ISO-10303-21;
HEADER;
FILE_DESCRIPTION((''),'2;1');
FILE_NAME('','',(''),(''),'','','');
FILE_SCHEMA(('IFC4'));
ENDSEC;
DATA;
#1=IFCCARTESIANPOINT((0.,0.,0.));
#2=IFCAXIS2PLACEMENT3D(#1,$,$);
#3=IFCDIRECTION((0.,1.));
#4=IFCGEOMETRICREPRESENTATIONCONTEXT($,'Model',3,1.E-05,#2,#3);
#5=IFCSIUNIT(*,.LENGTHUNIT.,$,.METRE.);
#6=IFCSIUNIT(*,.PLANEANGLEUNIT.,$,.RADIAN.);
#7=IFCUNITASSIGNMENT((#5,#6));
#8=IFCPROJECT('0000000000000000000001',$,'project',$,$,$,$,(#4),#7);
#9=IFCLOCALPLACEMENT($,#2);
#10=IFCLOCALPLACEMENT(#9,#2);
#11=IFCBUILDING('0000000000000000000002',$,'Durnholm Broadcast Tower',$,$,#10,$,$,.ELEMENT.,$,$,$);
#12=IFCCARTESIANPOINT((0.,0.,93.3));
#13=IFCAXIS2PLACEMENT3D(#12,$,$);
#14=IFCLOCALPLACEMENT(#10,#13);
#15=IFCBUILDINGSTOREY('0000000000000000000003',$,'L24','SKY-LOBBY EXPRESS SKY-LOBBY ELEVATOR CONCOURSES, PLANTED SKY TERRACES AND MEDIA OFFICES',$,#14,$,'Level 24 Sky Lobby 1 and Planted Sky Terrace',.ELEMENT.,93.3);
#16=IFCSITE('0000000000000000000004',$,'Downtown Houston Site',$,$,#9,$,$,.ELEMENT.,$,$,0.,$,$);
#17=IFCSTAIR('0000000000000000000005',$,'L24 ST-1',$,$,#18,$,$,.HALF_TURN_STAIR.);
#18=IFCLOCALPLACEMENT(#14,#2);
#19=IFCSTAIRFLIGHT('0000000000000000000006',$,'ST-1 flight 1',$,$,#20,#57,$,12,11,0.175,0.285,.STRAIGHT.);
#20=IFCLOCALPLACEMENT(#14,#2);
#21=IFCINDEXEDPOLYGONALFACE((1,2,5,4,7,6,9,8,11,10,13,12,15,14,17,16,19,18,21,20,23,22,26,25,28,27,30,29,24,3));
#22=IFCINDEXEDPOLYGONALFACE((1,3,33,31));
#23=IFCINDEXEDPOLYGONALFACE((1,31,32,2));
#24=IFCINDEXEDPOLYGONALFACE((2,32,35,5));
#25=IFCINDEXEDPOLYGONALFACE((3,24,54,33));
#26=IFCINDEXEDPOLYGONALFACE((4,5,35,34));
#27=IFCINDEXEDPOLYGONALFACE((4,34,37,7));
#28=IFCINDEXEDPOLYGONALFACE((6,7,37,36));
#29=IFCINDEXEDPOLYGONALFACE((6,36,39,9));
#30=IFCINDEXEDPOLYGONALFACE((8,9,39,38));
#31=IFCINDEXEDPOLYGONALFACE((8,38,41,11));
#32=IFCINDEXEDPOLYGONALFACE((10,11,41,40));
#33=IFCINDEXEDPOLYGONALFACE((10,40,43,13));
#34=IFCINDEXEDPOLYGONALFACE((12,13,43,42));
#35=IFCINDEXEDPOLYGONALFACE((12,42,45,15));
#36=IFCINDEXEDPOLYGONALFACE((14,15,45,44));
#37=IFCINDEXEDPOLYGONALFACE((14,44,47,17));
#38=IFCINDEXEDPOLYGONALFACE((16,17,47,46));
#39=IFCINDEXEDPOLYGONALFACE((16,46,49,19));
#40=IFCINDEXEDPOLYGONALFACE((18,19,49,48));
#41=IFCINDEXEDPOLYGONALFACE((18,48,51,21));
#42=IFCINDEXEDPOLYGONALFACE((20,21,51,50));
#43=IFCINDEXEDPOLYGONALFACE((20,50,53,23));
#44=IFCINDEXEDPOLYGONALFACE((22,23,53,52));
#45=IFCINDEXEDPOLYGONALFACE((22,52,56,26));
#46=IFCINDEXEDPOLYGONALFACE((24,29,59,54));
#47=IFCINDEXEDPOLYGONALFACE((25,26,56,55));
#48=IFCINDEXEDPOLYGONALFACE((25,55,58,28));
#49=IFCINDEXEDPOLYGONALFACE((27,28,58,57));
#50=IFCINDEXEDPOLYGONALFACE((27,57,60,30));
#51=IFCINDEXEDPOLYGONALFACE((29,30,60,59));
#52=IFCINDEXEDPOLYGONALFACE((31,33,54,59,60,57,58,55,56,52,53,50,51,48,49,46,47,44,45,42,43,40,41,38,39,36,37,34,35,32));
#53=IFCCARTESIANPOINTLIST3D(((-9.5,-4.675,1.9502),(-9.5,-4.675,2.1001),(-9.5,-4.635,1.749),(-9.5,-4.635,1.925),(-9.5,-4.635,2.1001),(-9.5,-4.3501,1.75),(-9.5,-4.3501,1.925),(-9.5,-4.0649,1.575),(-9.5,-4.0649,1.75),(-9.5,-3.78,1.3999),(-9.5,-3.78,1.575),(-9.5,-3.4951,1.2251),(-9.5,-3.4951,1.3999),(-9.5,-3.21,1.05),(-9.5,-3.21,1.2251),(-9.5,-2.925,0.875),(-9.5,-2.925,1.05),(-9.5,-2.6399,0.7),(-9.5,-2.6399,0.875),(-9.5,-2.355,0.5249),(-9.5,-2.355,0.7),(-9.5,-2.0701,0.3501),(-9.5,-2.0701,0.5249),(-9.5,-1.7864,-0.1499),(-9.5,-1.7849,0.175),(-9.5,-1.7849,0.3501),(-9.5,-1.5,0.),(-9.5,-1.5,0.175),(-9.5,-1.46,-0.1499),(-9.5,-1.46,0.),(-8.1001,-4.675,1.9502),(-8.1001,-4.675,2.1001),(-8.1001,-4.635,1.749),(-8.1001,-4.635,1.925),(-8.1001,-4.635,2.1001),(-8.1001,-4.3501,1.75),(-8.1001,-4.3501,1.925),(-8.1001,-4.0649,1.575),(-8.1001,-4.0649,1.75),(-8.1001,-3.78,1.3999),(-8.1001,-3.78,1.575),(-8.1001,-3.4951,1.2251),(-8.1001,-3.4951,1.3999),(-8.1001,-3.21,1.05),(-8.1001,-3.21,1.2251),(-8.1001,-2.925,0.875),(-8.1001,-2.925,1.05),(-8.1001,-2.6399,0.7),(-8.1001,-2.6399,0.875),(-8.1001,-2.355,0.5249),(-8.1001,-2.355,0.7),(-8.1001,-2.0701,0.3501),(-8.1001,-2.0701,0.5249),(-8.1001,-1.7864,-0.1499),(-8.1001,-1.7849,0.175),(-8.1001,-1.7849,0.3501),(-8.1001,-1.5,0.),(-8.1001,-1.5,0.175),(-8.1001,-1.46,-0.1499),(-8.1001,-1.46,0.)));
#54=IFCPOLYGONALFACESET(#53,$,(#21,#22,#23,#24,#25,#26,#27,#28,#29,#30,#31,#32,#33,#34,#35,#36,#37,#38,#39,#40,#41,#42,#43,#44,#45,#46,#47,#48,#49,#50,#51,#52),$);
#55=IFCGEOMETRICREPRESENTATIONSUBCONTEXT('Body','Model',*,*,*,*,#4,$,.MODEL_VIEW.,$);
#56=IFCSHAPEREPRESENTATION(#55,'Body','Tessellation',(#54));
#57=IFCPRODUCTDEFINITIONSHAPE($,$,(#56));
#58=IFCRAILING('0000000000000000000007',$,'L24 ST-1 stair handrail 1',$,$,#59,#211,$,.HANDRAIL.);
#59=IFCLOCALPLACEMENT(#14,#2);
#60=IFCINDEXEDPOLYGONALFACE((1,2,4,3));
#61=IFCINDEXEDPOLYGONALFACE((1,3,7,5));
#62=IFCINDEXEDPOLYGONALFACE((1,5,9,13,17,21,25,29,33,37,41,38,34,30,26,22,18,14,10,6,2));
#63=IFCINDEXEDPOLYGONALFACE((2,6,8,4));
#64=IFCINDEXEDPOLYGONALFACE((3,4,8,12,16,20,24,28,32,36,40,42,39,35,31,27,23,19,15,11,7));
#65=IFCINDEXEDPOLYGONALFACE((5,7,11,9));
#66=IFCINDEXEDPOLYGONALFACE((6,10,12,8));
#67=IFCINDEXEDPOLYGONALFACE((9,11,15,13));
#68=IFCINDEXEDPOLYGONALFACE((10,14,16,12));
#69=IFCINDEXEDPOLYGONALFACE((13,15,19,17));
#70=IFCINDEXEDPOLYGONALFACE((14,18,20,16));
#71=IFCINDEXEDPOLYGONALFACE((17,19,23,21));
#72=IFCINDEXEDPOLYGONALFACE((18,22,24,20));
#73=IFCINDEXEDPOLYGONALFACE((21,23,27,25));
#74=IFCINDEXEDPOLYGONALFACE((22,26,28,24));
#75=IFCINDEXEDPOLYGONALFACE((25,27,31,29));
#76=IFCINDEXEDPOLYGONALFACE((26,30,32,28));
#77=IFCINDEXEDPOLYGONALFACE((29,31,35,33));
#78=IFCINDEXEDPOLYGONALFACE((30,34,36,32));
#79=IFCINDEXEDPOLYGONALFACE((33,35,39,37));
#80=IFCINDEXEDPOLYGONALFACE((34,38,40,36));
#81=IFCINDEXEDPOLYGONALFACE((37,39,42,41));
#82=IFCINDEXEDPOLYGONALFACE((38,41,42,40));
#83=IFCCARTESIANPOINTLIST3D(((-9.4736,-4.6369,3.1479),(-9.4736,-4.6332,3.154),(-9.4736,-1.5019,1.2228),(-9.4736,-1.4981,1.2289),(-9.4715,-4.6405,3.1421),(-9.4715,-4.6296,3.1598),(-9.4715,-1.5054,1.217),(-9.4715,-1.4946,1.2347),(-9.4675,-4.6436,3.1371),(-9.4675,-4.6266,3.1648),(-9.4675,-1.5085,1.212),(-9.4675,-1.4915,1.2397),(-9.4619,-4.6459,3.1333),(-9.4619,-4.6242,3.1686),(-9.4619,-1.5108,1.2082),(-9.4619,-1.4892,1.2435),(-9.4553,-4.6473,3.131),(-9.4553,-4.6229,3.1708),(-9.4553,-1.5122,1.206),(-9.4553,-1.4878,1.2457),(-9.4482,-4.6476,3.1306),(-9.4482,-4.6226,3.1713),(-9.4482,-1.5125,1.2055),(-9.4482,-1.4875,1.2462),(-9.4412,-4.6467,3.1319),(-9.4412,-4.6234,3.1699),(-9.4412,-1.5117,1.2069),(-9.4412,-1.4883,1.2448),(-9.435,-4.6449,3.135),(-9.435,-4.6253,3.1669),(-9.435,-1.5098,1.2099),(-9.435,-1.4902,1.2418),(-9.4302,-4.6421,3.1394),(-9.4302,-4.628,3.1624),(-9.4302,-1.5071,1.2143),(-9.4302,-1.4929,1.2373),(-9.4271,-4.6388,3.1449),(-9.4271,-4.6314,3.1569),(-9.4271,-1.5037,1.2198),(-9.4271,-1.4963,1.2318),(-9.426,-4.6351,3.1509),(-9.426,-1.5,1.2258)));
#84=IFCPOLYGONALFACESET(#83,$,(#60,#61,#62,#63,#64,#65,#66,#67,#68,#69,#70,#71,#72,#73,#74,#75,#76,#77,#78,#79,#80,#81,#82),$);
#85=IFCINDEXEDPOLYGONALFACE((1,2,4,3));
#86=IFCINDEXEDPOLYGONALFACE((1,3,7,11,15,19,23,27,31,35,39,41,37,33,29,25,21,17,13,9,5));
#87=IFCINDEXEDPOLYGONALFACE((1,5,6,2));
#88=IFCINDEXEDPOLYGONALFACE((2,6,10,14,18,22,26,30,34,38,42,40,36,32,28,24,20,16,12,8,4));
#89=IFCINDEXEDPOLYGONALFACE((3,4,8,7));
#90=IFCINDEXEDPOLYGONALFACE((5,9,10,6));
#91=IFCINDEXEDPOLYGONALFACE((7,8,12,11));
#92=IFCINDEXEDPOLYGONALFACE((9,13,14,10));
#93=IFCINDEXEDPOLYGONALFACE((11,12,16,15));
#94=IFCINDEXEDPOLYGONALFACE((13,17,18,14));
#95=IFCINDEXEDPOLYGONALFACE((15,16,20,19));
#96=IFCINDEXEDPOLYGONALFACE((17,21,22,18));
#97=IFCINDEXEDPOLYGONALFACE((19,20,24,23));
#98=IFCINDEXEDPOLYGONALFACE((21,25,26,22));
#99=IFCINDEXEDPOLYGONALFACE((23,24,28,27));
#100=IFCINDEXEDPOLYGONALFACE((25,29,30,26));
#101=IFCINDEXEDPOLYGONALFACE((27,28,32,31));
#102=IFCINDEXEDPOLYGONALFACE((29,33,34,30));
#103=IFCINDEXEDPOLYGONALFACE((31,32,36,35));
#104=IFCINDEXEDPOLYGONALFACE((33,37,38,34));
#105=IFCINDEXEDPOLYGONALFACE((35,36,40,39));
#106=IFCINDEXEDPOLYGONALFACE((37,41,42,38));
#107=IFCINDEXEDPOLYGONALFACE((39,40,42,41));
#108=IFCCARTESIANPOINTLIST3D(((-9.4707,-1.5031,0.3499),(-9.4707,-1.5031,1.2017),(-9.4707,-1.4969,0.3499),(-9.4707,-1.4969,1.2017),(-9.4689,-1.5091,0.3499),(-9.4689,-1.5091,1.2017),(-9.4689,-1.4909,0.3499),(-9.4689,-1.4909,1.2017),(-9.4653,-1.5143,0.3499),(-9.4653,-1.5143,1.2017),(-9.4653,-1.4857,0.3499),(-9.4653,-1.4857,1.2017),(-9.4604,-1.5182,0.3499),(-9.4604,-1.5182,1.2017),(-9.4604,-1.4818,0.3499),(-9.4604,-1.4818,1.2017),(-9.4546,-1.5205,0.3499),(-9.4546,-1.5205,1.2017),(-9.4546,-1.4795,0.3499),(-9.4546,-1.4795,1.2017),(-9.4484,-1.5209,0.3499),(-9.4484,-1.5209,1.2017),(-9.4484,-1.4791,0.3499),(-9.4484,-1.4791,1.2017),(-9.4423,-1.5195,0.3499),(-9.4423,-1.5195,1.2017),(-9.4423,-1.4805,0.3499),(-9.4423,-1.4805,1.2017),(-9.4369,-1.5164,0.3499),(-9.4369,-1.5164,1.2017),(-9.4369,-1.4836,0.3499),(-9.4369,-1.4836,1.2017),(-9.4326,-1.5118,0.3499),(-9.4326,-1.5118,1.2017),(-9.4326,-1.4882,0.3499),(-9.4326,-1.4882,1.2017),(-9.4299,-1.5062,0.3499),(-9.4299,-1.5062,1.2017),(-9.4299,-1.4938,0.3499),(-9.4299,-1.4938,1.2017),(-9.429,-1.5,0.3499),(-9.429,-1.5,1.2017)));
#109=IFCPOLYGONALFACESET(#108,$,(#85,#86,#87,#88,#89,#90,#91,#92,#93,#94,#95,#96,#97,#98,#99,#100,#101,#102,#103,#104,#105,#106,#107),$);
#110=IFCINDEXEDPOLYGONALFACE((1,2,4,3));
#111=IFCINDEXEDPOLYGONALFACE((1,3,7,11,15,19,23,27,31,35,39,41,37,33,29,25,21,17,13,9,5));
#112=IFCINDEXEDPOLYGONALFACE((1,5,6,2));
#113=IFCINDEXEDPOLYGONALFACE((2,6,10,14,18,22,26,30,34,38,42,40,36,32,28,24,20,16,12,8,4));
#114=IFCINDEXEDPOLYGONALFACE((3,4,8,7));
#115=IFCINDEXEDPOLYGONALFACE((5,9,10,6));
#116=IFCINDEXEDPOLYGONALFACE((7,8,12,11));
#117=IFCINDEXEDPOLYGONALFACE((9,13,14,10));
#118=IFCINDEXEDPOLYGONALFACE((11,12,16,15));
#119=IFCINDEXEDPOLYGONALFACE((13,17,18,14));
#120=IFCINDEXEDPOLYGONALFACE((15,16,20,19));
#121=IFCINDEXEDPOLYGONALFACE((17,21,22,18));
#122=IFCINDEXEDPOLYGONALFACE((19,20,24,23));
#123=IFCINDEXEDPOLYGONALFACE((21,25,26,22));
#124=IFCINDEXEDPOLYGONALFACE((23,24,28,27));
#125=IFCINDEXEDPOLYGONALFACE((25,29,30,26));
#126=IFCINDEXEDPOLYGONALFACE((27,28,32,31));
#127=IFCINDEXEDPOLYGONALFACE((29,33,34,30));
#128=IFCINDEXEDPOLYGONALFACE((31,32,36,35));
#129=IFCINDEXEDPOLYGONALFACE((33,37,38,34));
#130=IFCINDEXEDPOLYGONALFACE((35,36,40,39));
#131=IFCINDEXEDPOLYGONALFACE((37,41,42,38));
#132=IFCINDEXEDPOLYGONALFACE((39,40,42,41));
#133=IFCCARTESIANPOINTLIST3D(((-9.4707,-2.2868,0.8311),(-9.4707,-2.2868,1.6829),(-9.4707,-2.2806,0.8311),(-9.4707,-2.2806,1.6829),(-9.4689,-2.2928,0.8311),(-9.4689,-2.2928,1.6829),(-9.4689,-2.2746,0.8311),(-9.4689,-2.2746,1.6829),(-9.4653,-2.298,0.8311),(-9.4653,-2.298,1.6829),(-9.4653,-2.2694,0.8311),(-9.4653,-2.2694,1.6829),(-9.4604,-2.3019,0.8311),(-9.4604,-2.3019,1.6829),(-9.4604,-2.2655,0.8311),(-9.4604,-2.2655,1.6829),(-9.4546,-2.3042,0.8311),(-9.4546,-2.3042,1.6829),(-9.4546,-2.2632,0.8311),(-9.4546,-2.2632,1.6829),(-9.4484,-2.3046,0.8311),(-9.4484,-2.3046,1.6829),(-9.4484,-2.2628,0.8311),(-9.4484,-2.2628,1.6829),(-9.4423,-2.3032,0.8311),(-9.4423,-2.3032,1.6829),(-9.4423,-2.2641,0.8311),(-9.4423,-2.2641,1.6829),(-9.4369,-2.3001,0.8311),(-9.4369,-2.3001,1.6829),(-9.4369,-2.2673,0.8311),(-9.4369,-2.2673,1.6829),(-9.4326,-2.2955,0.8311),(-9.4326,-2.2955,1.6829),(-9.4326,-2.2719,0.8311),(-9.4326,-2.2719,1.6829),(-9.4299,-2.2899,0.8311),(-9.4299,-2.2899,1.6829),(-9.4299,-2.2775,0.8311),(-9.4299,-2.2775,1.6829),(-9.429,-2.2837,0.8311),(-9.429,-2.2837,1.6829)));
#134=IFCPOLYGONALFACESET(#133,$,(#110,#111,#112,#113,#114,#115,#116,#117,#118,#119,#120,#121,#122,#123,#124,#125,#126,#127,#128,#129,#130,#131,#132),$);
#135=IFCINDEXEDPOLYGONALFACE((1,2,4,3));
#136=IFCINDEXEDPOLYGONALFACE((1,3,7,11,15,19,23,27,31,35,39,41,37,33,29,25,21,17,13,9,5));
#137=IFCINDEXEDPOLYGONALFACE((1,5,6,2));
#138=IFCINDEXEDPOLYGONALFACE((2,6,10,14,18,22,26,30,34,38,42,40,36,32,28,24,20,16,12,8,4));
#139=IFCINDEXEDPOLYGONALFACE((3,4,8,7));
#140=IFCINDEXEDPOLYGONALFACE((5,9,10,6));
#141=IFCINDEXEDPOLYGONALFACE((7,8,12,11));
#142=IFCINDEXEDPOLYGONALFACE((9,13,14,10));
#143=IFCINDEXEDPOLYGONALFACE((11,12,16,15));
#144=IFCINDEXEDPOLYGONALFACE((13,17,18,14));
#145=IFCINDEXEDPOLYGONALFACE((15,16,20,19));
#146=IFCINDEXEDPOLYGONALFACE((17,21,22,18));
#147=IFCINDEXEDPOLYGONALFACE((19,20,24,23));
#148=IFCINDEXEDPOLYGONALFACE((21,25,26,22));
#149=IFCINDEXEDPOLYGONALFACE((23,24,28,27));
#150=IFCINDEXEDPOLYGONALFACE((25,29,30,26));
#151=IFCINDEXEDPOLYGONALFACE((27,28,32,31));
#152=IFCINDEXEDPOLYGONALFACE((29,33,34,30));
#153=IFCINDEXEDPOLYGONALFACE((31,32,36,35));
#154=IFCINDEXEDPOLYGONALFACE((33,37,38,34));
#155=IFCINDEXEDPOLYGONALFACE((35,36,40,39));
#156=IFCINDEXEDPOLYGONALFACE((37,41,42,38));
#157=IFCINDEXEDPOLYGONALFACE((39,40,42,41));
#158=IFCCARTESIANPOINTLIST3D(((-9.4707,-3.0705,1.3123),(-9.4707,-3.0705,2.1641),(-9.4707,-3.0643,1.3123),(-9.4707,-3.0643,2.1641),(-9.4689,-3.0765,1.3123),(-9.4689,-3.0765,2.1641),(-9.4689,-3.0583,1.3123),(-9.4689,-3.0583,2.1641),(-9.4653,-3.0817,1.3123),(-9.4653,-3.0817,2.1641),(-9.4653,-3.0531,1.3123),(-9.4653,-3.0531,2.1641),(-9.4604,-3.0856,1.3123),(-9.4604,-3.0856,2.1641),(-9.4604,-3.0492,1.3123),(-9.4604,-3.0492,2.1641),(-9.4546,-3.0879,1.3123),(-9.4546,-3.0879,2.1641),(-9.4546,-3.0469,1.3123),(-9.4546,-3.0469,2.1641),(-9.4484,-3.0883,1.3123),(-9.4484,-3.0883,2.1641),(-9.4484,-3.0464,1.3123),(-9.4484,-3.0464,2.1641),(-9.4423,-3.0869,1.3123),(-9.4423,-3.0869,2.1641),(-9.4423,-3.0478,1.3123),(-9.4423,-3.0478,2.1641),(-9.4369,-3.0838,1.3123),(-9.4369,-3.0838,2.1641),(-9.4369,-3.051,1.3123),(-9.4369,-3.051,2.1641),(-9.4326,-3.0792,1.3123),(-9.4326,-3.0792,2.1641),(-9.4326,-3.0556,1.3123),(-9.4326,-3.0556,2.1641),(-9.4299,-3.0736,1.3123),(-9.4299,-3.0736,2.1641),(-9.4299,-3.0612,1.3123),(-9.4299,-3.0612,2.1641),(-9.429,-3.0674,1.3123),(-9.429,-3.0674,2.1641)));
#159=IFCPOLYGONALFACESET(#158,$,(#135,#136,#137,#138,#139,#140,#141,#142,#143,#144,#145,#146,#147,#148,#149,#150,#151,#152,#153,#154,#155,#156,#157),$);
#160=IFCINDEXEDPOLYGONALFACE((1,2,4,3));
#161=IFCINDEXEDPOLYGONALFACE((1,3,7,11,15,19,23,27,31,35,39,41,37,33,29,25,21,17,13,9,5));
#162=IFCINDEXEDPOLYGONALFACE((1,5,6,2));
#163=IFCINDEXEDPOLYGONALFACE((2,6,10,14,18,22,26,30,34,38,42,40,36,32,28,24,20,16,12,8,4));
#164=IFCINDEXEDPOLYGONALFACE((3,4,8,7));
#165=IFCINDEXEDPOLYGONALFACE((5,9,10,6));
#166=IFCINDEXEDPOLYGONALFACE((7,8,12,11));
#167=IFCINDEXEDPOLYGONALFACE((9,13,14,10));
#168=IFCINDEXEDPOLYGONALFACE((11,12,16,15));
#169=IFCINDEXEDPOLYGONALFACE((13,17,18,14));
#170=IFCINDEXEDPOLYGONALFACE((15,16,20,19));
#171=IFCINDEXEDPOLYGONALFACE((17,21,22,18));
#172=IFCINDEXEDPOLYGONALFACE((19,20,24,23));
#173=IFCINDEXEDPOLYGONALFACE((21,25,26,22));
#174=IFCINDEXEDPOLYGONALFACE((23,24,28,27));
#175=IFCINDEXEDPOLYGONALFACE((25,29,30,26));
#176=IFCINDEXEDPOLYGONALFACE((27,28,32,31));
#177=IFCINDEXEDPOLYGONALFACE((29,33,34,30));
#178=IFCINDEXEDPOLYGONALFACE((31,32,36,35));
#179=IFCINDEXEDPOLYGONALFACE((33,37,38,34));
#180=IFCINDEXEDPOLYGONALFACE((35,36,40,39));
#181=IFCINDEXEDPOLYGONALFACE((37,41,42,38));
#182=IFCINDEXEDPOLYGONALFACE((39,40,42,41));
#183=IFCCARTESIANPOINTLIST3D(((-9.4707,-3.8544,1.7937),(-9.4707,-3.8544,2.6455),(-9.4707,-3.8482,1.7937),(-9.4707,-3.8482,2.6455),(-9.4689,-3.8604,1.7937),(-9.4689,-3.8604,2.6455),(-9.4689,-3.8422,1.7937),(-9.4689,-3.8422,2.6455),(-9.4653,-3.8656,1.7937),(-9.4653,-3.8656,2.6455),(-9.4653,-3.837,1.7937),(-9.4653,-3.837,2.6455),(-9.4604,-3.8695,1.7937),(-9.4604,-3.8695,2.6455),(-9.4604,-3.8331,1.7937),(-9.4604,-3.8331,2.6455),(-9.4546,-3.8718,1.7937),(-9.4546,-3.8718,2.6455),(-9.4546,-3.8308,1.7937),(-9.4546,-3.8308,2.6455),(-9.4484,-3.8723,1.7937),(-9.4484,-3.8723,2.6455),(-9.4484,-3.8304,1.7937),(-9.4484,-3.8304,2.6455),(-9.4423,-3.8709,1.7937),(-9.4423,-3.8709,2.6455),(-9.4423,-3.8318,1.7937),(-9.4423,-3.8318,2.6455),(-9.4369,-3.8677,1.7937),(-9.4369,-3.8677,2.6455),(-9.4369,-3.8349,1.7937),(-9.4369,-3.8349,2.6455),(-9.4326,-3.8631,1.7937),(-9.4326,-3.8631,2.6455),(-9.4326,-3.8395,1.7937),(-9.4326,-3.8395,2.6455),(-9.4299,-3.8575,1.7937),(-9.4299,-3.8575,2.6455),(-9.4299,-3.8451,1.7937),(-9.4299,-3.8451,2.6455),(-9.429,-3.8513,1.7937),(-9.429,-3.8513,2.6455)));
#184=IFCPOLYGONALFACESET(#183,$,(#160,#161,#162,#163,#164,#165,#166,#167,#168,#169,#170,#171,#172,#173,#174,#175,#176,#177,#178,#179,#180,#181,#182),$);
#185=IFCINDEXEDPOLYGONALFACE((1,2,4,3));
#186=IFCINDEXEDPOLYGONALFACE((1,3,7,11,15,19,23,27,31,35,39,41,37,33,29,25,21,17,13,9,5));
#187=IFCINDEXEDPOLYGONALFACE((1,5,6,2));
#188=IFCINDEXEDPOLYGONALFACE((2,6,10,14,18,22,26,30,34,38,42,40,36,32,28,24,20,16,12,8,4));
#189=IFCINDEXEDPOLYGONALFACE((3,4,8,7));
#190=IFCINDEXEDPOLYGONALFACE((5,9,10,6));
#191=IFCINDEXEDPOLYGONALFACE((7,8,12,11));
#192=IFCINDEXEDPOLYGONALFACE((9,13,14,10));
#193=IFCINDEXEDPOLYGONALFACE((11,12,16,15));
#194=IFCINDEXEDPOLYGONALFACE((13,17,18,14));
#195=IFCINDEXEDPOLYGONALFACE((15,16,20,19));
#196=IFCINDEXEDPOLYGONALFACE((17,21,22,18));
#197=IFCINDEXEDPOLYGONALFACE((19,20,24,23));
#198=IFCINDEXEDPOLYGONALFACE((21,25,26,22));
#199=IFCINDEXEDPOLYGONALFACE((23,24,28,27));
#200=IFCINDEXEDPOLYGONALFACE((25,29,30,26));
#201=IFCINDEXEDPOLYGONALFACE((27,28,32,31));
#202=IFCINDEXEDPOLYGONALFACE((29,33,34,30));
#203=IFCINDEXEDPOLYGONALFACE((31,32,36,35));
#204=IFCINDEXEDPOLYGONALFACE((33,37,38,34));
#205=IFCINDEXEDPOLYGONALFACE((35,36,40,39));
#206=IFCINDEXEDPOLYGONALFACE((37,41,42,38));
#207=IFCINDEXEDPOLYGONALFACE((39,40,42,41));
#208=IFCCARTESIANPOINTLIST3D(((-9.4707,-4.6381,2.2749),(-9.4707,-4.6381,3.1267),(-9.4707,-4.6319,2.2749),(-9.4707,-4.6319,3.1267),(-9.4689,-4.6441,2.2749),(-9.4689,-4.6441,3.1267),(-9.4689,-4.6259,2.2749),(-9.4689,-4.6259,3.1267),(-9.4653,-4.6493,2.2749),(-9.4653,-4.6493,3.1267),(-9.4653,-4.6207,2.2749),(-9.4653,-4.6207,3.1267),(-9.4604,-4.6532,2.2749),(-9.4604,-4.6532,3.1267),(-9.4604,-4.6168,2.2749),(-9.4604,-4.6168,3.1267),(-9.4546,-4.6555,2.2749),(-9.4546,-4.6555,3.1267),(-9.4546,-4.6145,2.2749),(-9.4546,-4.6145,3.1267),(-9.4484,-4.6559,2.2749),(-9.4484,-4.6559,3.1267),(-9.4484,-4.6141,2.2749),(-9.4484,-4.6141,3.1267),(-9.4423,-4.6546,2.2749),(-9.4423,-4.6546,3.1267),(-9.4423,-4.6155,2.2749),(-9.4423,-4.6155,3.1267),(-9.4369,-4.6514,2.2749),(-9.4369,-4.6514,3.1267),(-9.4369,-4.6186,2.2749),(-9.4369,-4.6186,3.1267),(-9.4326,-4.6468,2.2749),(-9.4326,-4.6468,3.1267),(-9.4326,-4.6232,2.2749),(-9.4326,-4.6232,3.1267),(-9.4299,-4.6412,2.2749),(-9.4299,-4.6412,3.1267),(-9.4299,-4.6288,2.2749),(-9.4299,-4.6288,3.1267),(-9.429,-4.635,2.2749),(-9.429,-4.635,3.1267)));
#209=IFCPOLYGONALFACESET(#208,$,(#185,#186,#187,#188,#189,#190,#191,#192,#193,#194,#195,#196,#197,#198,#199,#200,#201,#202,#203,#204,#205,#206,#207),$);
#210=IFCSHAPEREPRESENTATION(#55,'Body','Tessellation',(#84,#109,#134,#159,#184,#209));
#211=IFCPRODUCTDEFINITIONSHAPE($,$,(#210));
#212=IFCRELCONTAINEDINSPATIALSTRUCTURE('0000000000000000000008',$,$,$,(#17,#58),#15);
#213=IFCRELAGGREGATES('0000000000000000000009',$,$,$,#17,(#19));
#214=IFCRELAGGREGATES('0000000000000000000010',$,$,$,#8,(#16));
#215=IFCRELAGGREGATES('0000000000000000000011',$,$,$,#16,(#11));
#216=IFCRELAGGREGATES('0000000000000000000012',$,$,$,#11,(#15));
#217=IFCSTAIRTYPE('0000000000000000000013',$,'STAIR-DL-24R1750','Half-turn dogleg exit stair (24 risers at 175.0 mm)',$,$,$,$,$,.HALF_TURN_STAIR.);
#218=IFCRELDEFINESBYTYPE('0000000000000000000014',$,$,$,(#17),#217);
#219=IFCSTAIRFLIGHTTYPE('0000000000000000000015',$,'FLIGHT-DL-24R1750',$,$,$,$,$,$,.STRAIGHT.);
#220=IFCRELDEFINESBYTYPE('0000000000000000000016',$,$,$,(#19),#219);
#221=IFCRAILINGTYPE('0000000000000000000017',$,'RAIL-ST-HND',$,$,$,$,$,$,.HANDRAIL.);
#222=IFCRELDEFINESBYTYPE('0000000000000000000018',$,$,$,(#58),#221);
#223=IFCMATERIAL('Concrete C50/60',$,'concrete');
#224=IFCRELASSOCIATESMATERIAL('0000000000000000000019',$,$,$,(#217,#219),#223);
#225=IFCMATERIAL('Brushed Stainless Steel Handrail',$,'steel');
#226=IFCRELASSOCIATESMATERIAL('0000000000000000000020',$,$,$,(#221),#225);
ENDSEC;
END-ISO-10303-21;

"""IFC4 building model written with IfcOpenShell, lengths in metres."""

from ifc_helpers import new_model, si_unit, direction, frame, origin, origin_2d, place, context, subcontext, project, spatial, polyline, circle, outline, extrude, material, type_object, element, aggregate, save


model = new_model("IFC4")

# Units and contexts
model_context = context("Model", 3, precision=1e-05, world=origin(), true_north=direction((0.0, 1.0)))
body_context = subcontext(model_context, "Body", "Model", "MODEL_VIEW")
ifc_project = project(units=[si_unit("LENGTHUNIT", "METRE"), si_unit("PLANEANGLEUNIT", "RADIAN")], contexts=[model_context])

# Site, building, storey
site_placement = place(None, origin())
site = spatial("IfcSite", under=ifc_project, at=site_placement, Name="Downtown Houston Site", CompositionType="ELEMENT", RefElevation=0.0)
building_placement = place(site_placement, origin())
building = spatial("IfcBuilding", under=site, at=building_placement, Name="Durnholm Broadcast Tower", CompositionType="ELEMENT")
storey_placement = place(building_placement, frame((0.0, 0.0, 93.3)))
storey = spatial("IfcBuildingStorey", under=building, at=storey_placement, Name="L24", Description="SKY-LOBBY EXPRESS SKY-LOBBY ELEVATOR CONCOURSES, PLANTED SKY TERRACES AND MEDIA OFFICES", LongName="Level 24 Sky Lobby 1 and Planted Sky Terrace", CompositionType="ELEMENT", Elevation=93.3)

# Shared definitions
ifc_material_1 = material(Name="Concrete C50/60", Category="concrete")

# Stair, stair flight
stair_type = type_object("IfcStairType", Name="STAIR-DL-24R1750", Description="Half-turn dogleg exit stair (24 risers at 175.0 mm)", PredefinedType="HALF_TURN_STAIR", material=ifc_material_1)
stair_placement = place(storey_placement, origin())
stair = element("IfcStair", 1, at=stair_placement, inside=storey, type_object=stair_type, Name="L24 ST-1", PredefinedType="HALF_TURN_STAIR")
stair_flight_type = type_object("IfcStairFlightType", Name="FLIGHT-DL-24R1750", PredefinedType="STRAIGHT", material=ifc_material_1)
stair_flight_placement = place(storey_placement, frame((-8.8, -1.5, 0.0), z_axis=(0.0, 0.0, 1.0), x_axis=(0.0, -1.0, 0.0)))
stair_flight = element("IfcStairFlight", 2, at=stair_flight_placement, type_object=stair_flight_type, Name="ST-1 flight 1", NumberOfRisers=12, NumberOfTreads=11, PredefinedType="STRAIGHT", RiserHeight=0.175, TreadLength=0.285, context=body_context, shape_type="SweptSolid", body=[
    extrude(outline(polyline([(-0.04, -0.1499), (-0.04, 0.0), (0.0, 0.0), (0.0, 0.175), (0.2849, 0.175), (0.2849, 0.3501), (0.5701, 0.3501), (0.5701, 0.5249), (0.855, 0.5249), (0.855, 0.7), (1.1399, 0.7), (1.1399, 0.875), (1.425, 0.875), (1.425, 1.05), (1.71, 1.05), (1.71, 1.2251), (1.9951, 1.2251), (1.9951, 1.3999), (2.28, 1.3999), (2.28, 1.575), (2.5649, 1.575), (2.5649, 1.75), (2.8501, 1.75), (2.8501, 1.925), (3.135, 1.925), (3.135, 2.1001), (3.175, 2.1001), (3.175, 1.9502), (3.135, 1.749), (0.2864, -0.1499), (-0.04, -0.1499)])), frame((0.0, 0.7, 0.0), z_axis=(0.0, -1.0, 0.0), x_axis=(1.0, 0.0, 0.0)), (0.0, 0.0, 1.0), 1.3999),
])
aggregate(stair, [stair_flight])

# Railing
ifc_material_2 = material(Name="Brushed Stainless Steel Handrail", Category="steel")
railing_type = type_object("IfcRailingType", Name="RAIL-ST-HND", PredefinedType="HANDRAIL", material=ifc_material_2)
railing_placement = place(storey_placement, frame((-9.45, -1.5, 0.3499)))
element("IfcRailing", 3, at=railing_placement, inside=storey, type_object=railing_type, Name="L24 ST-1 stair handrail 1", PredefinedType="HANDRAIL", context=body_context, shape_type="SweptSolid", body=[
    extrude(circle(Radius=0.0239, at=origin_2d()), frame((0.0, 0.0, 0.876), z_axis=(0.0, -0.852166, 0.523271), x_axis=(1.0, 0.0, 0.0)), (0.0, 0.0, 1.0), 3.679),
    extrude(circle(Radius=0.021, at=origin_2d()), origin(), (0.0, 0.0, 1.0), 0.8518),
    extrude(circle(Radius=0.021, at=origin_2d()), frame((0.0, -0.7837, 0.4812)), (0.0, 0.0, 1.0), 0.8518),
    extrude(circle(Radius=0.021, at=origin_2d()), frame((0.0, -1.5674, 0.9624)), (0.0, 0.0, 1.0), 0.8518),
    extrude(circle(Radius=0.021, at=origin_2d()), frame((0.0, -2.3513, 1.4438)), (0.0, 0.0, 1.0), 0.8518),
    extrude(circle(Radius=0.021, at=origin_2d()), frame((0.0, -3.135, 1.925)), (0.0, 0.0, 1.0), 0.8518),
])

save(model, "model.ifc")
